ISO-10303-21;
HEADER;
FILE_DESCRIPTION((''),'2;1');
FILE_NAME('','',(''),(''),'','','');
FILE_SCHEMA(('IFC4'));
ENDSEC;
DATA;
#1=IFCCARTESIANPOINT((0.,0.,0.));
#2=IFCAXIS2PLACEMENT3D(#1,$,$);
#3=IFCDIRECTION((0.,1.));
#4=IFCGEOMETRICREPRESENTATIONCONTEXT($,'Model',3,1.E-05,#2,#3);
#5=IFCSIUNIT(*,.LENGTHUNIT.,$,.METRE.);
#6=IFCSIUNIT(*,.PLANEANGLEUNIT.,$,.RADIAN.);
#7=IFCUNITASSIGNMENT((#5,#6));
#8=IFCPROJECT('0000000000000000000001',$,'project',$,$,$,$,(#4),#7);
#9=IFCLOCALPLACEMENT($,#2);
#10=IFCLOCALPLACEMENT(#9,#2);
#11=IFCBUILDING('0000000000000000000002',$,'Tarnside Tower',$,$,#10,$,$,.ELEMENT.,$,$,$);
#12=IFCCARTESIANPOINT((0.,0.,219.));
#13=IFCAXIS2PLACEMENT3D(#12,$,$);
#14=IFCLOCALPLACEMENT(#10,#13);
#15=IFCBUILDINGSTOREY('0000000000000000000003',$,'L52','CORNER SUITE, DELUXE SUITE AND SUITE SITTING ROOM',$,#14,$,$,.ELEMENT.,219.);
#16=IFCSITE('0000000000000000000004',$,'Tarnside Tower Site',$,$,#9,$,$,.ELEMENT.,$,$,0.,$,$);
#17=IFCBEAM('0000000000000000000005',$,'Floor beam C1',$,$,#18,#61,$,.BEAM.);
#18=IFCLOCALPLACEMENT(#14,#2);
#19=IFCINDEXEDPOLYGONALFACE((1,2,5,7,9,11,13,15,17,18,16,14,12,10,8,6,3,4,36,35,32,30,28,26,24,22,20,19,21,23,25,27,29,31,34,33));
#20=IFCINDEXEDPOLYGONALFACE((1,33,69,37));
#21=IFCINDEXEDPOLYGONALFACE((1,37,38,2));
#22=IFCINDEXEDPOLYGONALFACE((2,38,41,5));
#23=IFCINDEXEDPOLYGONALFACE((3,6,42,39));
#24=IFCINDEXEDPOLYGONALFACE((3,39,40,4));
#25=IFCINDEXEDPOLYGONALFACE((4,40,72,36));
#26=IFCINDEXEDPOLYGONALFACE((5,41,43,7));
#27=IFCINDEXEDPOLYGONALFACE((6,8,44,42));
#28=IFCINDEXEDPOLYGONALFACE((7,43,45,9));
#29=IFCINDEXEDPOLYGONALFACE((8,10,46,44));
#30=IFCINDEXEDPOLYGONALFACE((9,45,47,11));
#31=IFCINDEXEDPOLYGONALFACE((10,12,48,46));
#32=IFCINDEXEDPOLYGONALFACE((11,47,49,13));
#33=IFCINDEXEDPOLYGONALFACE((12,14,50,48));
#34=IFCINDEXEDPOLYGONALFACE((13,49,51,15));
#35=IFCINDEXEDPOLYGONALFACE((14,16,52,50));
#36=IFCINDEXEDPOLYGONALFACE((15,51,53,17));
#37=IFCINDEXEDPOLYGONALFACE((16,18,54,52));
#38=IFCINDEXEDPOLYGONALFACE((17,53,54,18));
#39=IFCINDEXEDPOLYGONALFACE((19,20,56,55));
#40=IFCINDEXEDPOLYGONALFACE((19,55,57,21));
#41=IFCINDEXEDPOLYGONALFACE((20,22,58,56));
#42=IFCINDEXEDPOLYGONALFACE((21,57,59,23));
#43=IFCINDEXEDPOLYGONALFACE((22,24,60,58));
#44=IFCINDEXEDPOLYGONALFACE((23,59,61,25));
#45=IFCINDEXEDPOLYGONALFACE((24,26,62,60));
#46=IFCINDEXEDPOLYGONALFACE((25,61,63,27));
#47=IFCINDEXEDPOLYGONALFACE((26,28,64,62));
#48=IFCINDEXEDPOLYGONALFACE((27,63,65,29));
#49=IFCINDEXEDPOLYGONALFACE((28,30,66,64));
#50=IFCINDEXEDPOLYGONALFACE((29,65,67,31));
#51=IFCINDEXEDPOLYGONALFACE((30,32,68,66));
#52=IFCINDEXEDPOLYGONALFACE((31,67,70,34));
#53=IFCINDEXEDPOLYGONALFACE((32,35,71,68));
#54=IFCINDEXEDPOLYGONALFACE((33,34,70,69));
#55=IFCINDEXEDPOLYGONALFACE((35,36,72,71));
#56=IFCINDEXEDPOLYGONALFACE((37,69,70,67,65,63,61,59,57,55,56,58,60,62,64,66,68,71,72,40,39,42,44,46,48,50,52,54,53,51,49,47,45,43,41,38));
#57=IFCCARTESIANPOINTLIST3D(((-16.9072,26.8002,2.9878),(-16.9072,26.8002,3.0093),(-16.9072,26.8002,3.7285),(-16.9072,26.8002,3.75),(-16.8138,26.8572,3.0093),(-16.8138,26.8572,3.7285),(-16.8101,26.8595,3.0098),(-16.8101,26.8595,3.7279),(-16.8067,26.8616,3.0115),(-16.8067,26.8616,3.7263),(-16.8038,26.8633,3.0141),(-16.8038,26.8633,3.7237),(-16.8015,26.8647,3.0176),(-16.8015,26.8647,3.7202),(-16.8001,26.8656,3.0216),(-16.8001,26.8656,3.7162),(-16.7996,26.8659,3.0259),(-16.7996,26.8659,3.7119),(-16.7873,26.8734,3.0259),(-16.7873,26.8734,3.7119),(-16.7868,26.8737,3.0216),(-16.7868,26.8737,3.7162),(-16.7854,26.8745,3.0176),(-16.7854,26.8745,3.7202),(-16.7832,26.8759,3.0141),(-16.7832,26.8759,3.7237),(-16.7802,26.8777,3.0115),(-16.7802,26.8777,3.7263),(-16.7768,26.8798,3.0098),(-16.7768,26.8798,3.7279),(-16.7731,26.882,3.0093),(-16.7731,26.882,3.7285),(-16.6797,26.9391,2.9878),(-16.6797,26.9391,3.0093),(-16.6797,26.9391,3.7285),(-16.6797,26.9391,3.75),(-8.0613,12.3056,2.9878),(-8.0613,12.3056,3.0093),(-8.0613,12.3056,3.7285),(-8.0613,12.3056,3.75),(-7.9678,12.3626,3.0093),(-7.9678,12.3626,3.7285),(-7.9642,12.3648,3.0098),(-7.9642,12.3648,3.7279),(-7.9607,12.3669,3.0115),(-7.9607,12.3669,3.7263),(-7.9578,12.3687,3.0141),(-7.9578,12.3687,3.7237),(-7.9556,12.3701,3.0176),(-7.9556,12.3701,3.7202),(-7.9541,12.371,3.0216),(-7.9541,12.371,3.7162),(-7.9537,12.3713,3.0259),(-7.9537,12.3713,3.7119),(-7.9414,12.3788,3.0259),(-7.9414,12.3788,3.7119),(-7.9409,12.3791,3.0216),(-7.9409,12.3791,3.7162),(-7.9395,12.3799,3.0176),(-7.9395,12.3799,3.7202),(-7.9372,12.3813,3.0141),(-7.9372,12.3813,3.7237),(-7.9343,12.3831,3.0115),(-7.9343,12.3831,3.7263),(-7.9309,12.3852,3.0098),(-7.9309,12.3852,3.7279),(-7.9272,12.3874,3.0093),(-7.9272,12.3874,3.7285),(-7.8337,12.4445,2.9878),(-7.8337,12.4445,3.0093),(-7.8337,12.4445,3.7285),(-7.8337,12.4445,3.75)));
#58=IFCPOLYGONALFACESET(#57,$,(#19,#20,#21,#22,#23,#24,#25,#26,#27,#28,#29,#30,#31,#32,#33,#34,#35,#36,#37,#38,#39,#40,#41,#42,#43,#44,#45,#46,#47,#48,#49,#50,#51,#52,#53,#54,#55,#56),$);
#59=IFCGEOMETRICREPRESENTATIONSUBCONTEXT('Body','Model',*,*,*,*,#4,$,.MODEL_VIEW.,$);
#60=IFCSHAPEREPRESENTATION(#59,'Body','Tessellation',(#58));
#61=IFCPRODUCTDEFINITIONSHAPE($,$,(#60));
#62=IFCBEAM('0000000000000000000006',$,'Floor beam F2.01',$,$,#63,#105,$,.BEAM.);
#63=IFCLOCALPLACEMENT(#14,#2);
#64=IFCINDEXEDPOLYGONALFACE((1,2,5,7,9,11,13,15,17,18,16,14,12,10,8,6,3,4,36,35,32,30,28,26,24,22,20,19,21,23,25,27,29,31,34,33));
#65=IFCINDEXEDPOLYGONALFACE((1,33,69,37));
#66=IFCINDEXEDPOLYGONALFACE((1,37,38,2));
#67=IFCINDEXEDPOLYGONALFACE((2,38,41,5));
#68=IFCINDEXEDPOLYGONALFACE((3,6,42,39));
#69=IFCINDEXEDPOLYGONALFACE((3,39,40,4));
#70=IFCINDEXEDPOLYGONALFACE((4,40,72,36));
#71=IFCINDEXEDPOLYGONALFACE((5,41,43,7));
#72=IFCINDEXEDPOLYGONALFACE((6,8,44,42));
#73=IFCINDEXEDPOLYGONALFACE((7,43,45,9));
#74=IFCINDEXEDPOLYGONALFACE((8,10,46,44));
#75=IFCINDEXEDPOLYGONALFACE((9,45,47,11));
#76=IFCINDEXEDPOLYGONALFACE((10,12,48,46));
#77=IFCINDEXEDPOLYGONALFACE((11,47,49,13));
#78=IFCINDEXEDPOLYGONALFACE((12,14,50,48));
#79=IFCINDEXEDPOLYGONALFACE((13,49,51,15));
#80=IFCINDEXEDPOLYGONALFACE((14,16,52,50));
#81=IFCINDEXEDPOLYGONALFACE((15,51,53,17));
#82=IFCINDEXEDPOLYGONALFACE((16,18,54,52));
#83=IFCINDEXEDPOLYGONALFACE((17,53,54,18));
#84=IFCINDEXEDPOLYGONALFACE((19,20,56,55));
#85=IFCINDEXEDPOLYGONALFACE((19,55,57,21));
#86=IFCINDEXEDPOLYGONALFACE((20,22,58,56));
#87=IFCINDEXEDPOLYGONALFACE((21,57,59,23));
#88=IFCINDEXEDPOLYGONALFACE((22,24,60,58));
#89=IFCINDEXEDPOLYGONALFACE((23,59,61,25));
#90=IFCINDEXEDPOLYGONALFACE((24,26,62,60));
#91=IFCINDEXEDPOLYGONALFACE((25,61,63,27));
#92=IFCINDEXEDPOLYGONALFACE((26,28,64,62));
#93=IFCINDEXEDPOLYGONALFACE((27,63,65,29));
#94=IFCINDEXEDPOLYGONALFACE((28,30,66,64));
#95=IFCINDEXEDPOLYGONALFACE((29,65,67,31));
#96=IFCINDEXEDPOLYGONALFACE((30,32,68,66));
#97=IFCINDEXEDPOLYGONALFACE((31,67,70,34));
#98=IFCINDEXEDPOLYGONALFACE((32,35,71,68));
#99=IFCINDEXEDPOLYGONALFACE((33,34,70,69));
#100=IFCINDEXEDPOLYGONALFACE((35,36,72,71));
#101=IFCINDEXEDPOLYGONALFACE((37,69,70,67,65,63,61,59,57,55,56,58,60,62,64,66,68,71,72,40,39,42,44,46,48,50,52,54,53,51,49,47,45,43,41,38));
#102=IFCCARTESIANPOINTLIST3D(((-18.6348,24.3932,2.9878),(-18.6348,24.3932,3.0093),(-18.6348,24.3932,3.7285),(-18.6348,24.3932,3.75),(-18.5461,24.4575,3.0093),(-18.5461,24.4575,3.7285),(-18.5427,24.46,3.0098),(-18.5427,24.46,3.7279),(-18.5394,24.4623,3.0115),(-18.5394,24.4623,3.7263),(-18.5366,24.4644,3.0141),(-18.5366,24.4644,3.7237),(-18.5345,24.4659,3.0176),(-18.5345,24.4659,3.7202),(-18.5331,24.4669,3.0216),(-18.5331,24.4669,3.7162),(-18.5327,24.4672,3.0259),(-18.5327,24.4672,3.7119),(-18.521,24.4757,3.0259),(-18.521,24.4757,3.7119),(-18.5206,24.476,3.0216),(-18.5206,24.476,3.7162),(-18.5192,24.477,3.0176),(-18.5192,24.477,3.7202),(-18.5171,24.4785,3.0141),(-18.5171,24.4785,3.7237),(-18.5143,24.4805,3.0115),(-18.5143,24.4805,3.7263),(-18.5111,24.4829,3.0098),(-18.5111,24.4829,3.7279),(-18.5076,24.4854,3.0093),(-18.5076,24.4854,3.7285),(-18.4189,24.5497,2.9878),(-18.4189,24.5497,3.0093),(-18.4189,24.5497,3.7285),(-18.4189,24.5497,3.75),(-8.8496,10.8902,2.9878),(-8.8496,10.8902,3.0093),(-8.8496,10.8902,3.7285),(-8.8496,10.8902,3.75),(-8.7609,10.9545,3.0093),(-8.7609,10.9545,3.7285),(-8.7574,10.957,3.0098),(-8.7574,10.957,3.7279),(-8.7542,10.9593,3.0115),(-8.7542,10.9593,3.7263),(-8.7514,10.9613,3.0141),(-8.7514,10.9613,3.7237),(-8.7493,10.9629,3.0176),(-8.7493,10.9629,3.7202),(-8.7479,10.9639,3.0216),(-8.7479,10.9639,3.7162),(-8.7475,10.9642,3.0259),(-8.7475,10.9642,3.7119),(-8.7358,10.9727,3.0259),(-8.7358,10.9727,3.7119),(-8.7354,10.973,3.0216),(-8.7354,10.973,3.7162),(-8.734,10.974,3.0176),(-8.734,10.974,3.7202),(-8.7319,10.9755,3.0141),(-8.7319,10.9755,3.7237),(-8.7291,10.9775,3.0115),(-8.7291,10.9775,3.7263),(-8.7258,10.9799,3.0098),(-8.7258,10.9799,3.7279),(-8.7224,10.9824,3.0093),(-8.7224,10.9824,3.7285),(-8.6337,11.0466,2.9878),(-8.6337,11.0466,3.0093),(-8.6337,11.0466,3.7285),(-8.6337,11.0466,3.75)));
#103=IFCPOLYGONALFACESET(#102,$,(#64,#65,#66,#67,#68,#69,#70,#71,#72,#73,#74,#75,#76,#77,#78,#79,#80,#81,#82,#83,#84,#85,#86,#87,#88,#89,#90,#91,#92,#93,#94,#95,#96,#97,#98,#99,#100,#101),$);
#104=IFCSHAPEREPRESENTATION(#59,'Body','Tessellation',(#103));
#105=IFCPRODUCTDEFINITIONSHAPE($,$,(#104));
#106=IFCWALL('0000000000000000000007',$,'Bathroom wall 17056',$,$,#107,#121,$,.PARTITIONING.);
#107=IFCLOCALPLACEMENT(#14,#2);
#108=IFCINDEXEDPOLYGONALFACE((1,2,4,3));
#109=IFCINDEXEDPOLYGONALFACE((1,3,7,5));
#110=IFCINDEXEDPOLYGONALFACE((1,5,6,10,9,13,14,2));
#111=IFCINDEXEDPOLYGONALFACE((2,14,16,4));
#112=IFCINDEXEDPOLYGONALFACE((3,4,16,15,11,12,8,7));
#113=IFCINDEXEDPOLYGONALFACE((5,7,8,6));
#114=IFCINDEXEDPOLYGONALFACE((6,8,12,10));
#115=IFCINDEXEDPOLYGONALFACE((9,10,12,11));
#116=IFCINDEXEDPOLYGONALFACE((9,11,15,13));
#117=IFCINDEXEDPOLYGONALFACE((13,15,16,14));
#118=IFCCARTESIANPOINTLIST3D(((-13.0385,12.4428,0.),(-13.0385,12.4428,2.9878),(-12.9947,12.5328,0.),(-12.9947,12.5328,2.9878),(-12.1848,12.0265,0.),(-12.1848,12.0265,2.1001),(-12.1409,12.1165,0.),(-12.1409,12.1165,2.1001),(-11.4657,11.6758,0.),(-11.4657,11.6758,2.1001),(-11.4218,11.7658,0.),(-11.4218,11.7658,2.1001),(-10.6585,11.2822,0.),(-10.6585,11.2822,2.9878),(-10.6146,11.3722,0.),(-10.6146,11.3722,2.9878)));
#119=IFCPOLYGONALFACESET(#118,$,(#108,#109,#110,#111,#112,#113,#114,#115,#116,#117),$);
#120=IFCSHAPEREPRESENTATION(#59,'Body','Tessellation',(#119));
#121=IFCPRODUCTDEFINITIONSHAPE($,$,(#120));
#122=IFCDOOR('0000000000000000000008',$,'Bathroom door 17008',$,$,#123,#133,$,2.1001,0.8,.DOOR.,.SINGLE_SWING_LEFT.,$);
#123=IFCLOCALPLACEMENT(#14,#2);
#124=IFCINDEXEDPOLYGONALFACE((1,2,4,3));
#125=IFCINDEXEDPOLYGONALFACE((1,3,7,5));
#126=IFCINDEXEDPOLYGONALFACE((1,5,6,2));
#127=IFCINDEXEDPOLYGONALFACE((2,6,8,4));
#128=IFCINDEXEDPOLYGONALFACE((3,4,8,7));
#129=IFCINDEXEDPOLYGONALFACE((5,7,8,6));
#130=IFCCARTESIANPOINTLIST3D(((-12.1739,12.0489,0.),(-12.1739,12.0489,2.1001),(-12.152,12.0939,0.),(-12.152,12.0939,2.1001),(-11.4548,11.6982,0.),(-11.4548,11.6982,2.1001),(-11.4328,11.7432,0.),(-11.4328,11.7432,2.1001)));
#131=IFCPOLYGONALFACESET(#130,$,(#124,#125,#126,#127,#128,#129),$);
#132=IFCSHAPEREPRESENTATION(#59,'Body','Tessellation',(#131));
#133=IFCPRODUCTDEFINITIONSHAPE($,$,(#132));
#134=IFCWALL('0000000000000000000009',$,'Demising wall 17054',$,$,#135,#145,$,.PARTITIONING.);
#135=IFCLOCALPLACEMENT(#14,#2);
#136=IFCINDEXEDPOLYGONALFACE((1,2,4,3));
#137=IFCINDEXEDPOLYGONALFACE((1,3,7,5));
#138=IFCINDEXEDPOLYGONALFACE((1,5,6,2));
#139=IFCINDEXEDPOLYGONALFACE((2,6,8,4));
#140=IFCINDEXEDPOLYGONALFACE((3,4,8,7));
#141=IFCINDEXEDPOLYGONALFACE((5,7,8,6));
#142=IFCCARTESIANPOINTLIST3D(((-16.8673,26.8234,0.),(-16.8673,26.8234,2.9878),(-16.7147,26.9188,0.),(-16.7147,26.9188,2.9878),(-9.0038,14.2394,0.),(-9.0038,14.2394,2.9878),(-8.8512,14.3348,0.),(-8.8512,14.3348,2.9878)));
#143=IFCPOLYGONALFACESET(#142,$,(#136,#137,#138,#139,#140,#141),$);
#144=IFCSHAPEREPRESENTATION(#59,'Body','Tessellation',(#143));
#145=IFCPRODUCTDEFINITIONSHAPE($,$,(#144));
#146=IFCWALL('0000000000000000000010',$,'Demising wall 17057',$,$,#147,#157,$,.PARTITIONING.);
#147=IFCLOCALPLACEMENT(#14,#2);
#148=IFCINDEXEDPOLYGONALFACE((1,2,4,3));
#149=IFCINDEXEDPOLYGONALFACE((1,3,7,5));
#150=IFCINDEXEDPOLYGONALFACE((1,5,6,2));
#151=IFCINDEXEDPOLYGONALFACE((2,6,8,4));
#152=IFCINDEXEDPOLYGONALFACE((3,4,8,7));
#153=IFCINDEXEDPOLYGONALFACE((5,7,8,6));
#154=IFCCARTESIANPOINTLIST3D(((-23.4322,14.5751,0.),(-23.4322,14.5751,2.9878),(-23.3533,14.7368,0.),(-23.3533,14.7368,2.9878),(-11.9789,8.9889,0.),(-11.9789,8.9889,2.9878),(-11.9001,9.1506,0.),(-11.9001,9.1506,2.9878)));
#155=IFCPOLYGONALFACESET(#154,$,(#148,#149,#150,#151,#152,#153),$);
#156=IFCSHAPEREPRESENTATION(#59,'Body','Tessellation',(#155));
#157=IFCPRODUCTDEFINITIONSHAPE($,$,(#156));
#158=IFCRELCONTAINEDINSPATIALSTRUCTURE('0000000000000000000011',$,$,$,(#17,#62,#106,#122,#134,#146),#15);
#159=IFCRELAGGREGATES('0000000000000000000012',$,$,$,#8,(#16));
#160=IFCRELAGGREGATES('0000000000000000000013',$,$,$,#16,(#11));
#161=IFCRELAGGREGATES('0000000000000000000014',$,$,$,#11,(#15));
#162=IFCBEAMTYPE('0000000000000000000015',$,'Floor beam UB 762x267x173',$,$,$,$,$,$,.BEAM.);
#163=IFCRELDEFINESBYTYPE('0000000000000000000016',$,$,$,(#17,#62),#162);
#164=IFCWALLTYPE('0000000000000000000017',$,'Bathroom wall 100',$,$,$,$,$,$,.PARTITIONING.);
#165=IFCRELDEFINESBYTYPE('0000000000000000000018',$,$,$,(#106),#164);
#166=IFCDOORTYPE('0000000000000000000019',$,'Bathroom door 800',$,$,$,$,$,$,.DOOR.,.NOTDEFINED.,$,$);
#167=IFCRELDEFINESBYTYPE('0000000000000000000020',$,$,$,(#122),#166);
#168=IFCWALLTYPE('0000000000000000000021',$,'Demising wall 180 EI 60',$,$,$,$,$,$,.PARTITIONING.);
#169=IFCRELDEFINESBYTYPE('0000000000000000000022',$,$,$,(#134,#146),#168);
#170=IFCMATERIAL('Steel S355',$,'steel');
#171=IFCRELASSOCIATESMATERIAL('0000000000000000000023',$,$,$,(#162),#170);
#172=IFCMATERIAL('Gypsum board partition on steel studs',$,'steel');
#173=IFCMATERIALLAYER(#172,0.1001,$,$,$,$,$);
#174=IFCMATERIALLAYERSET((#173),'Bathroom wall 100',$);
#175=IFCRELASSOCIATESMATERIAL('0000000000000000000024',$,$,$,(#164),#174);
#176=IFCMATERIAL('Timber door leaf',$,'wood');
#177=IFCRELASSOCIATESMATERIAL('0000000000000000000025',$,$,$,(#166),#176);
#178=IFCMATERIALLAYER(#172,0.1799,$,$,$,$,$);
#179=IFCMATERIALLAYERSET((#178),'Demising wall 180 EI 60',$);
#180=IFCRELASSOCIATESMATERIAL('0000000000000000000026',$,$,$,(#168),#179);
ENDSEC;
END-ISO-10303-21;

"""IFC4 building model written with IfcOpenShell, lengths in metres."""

from ifc_helpers import new_model, si_unit, direction, frame, frame_2d, origin, origin_2d, place, context, subcontext, project, spatial, rectangle, i_section, extrude, material, layer, layer_set, material_profile, profile_set, type_object, element, fill, save


model = new_model("IFC4")

# Units and contexts
model_context = context("Model", 3, precision=1e-05, world=origin(), true_north=direction((0.0, 1.0)))
body_context = subcontext(model_context, "Body", "Model", "MODEL_VIEW")
ifc_project = project(units=[si_unit("LENGTHUNIT", "METRE"), si_unit("PLANEANGLEUNIT", "RADIAN")], contexts=[model_context])

# Site, building, storey
site_placement = place(None, origin())
site = spatial("IfcSite", under=ifc_project, at=site_placement, Name="Tarnside Tower Site", CompositionType="ELEMENT", RefElevation=0.0)
building_placement = place(site_placement, origin())
building = spatial("IfcBuilding", under=site, at=building_placement, Name="Tarnside Tower", CompositionType="ELEMENT")
storey_placement = place(building_placement, frame((0.0, 0.0, 219.0)))
storey = spatial("IfcBuildingStorey", under=building, at=storey_placement, Name="L52", Description="CORNER SUITE, DELUXE SUITE AND SUITE SITTING ROOM", CompositionType="ELEMENT", Elevation=219.0)

# Beams
ifc_material_1 = material(Name="Steel S355", Category="steel")
ifc_material_profile_1 = material_profile(ifc_material_1, i_section(OverallWidth=0.2666, OverallDepth=0.7622, WebThickness=0.0144, FlangeThickness=0.0215, FilletRadius=0.0166, at=origin_2d()), Name="UB 762x267x173")
ifc_profile_set_1 = profile_set([ifc_material_profile_1], Name="Steel S355")
beam_type_1 = type_object("IfcBeamType", Name="Floor beam UB 762x267x173", PredefinedType="BEAM", material=ifc_profile_set_1)
beam_1_placement = place(storey_placement, frame((-16.7935, 26.8696, 3.3689), z_axis=(0.52094, -0.853593, 0.0), x_axis=(0.853593, 0.52094, 0.0)))
element("IfcBeam", 1, at=beam_1_placement, inside=storey, type_object=beam_type_1, Name="Floor beam C1", PredefinedType="BEAM", context=body_context, shape_type="SweptSolid", body=[
    extrude(i_section(OverallWidth=0.2666, OverallDepth=0.7622, WebThickness=0.0144, FlangeThickness=0.0215, FilletRadius=0.0166, at=origin_2d()), origin(), (0.0, 0.0, 1.0), 16.9807),
])
beam_2_placement = place(storey_placement, frame((-18.5269, 24.4714, 3.3689), z_axis=(0.586792, -0.809738, 0.0), x_axis=(0.809738, 0.586792, 0.0)))
element("IfcBeam", 2, at=beam_2_placement, inside=storey, type_object=beam_type_1, Name="Floor beam F2.01", PredefinedType="BEAM", context=body_context, shape_type="SweptSolid", body=[
    extrude(i_section(OverallWidth=0.2666, OverallDepth=0.7622, WebThickness=0.0144, FlangeThickness=0.0215, FilletRadius=0.0166, at=origin_2d()), origin(), (0.0, 0.0, 1.0), 16.6758),
])

# Wall, opening, door
ifc_material_2 = material(Name="Gypsum board partition on steel studs", Category="steel")
ifc_layer_1 = layer(ifc_material_2, 0.1001)
ifc_layer_set_1 = layer_set([ifc_layer_1], Name="Bathroom wall 100")
wall_type_1 = type_object("IfcWallType", Name="Bathroom wall 100", PredefinedType="PARTITIONING", material=ifc_layer_set_1)
wall_1_placement = place(storey_placement, frame((-13.0166, 12.4878, 0.0), z_axis=(0.0, 0.0, 1.0), x_axis=(0.898827, -0.438304, 0.0)))
wall_1 = element("IfcWall", 3, at=wall_1_placement, inside=storey, type_object=wall_type_1, Name="Bathroom wall 17056", PredefinedType="PARTITIONING", context=body_context, shape_type="SweptSolid", body=[
    extrude(rectangle(XDim=2.6479, YDim=0.1001, at=frame_2d((1.324, 0.0))), origin(), (0.0, 0.0, 1.0), 2.9878),
])
opening_1_placement = place(wall_1_placement, frame((0.95, 0.0, 0.0)))
opening_1 = element("IfcOpeningElement", 4, at=opening_1_placement, cuts=wall_1, PredefinedType="OPENING", context=body_context, shape_type="SweptSolid", body=[
    extrude(rectangle(XDim=0.8, YDim=2.1001, at=frame_2d((0.3999, 1.05))), frame((0.0, 0.0601, 0.0), z_axis=(0.0, -1.0, 0.0), x_axis=(1.0, 0.0, 0.0)), (0.0, 0.0, 1.0), 0.1201),
])
ifc_material_3 = material(Name="Timber door leaf", Category="wood")
door_type_1 = type_object("IfcDoorType", Name="Bathroom door 800", OperationType="NOTDEFINED", PredefinedType="DOOR", material=ifc_material_3)
door_1_placement = place(opening_1_placement, origin())
door_1 = element("IfcDoor", 5, at=door_1_placement, inside=storey, type_object=door_type_1, Name="Bathroom door 17008", OperationType="SINGLE_SWING_LEFT", OverallHeight=2.1001, OverallWidth=0.8, PredefinedType="DOOR", context=body_context, shape_type="SweptSolid", body=[
    extrude(rectangle(XDim=0.8, YDim=2.1001, at=frame_2d((0.3999, 1.05))), frame((0.0, 0.0249, 0.0), z_axis=(0.0, -1.0, 0.0), x_axis=(1.0, 0.0, 0.0)), (0.0, 0.0, 1.0), 0.05),
])
fill(opening_1, door_1)

# Walls
ifc_layer_2 = layer(ifc_material_2, 0.1799)
ifc_layer_set_2 = layer_set([ifc_layer_2], Name="Demising wall 180 EI 60")
wall_type_2 = type_object("IfcWallType", Name="Demising wall 180 EI 60", PredefinedType="PARTITIONING", material=ifc_layer_set_2)
wall_2_placement = place(storey_placement, frame((-16.791, 26.8711, 0.0), z_axis=(0.0, 0.0, 1.0), x_axis=(0.529928, -0.848043, 0.0)))
element("IfcWall", 6, at=wall_2_placement, inside=storey, type_object=wall_type_2, Name="Demising wall 17054", PredefinedType="PARTITIONING", context=body_context, shape_type="SweptSolid", body=[
    extrude(rectangle(XDim=14.8389, YDim=0.1799, at=frame_2d((7.4194, 0.0))), origin(), (0.0, 0.0, 1.0), 2.9878),
])
wall_3_placement = place(storey_placement, frame((-23.3928, 14.656, 0.0), z_axis=(0.0, 0.0, 1.0), x_axis=(0.89879, -0.438379, 0.0)))
element("IfcWall", 7, at=wall_3_placement, inside=storey, type_object=wall_type_2, Name="Demising wall 17057", PredefinedType="PARTITIONING", context=body_context, shape_type="SweptSolid", body=[
    extrude(rectangle(XDim=12.7429, YDim=0.1799, at=frame_2d((6.3716, 0.0))), origin(), (0.0, 0.0, 1.0), 2.9878),
])

save(model, "model.ifc")
